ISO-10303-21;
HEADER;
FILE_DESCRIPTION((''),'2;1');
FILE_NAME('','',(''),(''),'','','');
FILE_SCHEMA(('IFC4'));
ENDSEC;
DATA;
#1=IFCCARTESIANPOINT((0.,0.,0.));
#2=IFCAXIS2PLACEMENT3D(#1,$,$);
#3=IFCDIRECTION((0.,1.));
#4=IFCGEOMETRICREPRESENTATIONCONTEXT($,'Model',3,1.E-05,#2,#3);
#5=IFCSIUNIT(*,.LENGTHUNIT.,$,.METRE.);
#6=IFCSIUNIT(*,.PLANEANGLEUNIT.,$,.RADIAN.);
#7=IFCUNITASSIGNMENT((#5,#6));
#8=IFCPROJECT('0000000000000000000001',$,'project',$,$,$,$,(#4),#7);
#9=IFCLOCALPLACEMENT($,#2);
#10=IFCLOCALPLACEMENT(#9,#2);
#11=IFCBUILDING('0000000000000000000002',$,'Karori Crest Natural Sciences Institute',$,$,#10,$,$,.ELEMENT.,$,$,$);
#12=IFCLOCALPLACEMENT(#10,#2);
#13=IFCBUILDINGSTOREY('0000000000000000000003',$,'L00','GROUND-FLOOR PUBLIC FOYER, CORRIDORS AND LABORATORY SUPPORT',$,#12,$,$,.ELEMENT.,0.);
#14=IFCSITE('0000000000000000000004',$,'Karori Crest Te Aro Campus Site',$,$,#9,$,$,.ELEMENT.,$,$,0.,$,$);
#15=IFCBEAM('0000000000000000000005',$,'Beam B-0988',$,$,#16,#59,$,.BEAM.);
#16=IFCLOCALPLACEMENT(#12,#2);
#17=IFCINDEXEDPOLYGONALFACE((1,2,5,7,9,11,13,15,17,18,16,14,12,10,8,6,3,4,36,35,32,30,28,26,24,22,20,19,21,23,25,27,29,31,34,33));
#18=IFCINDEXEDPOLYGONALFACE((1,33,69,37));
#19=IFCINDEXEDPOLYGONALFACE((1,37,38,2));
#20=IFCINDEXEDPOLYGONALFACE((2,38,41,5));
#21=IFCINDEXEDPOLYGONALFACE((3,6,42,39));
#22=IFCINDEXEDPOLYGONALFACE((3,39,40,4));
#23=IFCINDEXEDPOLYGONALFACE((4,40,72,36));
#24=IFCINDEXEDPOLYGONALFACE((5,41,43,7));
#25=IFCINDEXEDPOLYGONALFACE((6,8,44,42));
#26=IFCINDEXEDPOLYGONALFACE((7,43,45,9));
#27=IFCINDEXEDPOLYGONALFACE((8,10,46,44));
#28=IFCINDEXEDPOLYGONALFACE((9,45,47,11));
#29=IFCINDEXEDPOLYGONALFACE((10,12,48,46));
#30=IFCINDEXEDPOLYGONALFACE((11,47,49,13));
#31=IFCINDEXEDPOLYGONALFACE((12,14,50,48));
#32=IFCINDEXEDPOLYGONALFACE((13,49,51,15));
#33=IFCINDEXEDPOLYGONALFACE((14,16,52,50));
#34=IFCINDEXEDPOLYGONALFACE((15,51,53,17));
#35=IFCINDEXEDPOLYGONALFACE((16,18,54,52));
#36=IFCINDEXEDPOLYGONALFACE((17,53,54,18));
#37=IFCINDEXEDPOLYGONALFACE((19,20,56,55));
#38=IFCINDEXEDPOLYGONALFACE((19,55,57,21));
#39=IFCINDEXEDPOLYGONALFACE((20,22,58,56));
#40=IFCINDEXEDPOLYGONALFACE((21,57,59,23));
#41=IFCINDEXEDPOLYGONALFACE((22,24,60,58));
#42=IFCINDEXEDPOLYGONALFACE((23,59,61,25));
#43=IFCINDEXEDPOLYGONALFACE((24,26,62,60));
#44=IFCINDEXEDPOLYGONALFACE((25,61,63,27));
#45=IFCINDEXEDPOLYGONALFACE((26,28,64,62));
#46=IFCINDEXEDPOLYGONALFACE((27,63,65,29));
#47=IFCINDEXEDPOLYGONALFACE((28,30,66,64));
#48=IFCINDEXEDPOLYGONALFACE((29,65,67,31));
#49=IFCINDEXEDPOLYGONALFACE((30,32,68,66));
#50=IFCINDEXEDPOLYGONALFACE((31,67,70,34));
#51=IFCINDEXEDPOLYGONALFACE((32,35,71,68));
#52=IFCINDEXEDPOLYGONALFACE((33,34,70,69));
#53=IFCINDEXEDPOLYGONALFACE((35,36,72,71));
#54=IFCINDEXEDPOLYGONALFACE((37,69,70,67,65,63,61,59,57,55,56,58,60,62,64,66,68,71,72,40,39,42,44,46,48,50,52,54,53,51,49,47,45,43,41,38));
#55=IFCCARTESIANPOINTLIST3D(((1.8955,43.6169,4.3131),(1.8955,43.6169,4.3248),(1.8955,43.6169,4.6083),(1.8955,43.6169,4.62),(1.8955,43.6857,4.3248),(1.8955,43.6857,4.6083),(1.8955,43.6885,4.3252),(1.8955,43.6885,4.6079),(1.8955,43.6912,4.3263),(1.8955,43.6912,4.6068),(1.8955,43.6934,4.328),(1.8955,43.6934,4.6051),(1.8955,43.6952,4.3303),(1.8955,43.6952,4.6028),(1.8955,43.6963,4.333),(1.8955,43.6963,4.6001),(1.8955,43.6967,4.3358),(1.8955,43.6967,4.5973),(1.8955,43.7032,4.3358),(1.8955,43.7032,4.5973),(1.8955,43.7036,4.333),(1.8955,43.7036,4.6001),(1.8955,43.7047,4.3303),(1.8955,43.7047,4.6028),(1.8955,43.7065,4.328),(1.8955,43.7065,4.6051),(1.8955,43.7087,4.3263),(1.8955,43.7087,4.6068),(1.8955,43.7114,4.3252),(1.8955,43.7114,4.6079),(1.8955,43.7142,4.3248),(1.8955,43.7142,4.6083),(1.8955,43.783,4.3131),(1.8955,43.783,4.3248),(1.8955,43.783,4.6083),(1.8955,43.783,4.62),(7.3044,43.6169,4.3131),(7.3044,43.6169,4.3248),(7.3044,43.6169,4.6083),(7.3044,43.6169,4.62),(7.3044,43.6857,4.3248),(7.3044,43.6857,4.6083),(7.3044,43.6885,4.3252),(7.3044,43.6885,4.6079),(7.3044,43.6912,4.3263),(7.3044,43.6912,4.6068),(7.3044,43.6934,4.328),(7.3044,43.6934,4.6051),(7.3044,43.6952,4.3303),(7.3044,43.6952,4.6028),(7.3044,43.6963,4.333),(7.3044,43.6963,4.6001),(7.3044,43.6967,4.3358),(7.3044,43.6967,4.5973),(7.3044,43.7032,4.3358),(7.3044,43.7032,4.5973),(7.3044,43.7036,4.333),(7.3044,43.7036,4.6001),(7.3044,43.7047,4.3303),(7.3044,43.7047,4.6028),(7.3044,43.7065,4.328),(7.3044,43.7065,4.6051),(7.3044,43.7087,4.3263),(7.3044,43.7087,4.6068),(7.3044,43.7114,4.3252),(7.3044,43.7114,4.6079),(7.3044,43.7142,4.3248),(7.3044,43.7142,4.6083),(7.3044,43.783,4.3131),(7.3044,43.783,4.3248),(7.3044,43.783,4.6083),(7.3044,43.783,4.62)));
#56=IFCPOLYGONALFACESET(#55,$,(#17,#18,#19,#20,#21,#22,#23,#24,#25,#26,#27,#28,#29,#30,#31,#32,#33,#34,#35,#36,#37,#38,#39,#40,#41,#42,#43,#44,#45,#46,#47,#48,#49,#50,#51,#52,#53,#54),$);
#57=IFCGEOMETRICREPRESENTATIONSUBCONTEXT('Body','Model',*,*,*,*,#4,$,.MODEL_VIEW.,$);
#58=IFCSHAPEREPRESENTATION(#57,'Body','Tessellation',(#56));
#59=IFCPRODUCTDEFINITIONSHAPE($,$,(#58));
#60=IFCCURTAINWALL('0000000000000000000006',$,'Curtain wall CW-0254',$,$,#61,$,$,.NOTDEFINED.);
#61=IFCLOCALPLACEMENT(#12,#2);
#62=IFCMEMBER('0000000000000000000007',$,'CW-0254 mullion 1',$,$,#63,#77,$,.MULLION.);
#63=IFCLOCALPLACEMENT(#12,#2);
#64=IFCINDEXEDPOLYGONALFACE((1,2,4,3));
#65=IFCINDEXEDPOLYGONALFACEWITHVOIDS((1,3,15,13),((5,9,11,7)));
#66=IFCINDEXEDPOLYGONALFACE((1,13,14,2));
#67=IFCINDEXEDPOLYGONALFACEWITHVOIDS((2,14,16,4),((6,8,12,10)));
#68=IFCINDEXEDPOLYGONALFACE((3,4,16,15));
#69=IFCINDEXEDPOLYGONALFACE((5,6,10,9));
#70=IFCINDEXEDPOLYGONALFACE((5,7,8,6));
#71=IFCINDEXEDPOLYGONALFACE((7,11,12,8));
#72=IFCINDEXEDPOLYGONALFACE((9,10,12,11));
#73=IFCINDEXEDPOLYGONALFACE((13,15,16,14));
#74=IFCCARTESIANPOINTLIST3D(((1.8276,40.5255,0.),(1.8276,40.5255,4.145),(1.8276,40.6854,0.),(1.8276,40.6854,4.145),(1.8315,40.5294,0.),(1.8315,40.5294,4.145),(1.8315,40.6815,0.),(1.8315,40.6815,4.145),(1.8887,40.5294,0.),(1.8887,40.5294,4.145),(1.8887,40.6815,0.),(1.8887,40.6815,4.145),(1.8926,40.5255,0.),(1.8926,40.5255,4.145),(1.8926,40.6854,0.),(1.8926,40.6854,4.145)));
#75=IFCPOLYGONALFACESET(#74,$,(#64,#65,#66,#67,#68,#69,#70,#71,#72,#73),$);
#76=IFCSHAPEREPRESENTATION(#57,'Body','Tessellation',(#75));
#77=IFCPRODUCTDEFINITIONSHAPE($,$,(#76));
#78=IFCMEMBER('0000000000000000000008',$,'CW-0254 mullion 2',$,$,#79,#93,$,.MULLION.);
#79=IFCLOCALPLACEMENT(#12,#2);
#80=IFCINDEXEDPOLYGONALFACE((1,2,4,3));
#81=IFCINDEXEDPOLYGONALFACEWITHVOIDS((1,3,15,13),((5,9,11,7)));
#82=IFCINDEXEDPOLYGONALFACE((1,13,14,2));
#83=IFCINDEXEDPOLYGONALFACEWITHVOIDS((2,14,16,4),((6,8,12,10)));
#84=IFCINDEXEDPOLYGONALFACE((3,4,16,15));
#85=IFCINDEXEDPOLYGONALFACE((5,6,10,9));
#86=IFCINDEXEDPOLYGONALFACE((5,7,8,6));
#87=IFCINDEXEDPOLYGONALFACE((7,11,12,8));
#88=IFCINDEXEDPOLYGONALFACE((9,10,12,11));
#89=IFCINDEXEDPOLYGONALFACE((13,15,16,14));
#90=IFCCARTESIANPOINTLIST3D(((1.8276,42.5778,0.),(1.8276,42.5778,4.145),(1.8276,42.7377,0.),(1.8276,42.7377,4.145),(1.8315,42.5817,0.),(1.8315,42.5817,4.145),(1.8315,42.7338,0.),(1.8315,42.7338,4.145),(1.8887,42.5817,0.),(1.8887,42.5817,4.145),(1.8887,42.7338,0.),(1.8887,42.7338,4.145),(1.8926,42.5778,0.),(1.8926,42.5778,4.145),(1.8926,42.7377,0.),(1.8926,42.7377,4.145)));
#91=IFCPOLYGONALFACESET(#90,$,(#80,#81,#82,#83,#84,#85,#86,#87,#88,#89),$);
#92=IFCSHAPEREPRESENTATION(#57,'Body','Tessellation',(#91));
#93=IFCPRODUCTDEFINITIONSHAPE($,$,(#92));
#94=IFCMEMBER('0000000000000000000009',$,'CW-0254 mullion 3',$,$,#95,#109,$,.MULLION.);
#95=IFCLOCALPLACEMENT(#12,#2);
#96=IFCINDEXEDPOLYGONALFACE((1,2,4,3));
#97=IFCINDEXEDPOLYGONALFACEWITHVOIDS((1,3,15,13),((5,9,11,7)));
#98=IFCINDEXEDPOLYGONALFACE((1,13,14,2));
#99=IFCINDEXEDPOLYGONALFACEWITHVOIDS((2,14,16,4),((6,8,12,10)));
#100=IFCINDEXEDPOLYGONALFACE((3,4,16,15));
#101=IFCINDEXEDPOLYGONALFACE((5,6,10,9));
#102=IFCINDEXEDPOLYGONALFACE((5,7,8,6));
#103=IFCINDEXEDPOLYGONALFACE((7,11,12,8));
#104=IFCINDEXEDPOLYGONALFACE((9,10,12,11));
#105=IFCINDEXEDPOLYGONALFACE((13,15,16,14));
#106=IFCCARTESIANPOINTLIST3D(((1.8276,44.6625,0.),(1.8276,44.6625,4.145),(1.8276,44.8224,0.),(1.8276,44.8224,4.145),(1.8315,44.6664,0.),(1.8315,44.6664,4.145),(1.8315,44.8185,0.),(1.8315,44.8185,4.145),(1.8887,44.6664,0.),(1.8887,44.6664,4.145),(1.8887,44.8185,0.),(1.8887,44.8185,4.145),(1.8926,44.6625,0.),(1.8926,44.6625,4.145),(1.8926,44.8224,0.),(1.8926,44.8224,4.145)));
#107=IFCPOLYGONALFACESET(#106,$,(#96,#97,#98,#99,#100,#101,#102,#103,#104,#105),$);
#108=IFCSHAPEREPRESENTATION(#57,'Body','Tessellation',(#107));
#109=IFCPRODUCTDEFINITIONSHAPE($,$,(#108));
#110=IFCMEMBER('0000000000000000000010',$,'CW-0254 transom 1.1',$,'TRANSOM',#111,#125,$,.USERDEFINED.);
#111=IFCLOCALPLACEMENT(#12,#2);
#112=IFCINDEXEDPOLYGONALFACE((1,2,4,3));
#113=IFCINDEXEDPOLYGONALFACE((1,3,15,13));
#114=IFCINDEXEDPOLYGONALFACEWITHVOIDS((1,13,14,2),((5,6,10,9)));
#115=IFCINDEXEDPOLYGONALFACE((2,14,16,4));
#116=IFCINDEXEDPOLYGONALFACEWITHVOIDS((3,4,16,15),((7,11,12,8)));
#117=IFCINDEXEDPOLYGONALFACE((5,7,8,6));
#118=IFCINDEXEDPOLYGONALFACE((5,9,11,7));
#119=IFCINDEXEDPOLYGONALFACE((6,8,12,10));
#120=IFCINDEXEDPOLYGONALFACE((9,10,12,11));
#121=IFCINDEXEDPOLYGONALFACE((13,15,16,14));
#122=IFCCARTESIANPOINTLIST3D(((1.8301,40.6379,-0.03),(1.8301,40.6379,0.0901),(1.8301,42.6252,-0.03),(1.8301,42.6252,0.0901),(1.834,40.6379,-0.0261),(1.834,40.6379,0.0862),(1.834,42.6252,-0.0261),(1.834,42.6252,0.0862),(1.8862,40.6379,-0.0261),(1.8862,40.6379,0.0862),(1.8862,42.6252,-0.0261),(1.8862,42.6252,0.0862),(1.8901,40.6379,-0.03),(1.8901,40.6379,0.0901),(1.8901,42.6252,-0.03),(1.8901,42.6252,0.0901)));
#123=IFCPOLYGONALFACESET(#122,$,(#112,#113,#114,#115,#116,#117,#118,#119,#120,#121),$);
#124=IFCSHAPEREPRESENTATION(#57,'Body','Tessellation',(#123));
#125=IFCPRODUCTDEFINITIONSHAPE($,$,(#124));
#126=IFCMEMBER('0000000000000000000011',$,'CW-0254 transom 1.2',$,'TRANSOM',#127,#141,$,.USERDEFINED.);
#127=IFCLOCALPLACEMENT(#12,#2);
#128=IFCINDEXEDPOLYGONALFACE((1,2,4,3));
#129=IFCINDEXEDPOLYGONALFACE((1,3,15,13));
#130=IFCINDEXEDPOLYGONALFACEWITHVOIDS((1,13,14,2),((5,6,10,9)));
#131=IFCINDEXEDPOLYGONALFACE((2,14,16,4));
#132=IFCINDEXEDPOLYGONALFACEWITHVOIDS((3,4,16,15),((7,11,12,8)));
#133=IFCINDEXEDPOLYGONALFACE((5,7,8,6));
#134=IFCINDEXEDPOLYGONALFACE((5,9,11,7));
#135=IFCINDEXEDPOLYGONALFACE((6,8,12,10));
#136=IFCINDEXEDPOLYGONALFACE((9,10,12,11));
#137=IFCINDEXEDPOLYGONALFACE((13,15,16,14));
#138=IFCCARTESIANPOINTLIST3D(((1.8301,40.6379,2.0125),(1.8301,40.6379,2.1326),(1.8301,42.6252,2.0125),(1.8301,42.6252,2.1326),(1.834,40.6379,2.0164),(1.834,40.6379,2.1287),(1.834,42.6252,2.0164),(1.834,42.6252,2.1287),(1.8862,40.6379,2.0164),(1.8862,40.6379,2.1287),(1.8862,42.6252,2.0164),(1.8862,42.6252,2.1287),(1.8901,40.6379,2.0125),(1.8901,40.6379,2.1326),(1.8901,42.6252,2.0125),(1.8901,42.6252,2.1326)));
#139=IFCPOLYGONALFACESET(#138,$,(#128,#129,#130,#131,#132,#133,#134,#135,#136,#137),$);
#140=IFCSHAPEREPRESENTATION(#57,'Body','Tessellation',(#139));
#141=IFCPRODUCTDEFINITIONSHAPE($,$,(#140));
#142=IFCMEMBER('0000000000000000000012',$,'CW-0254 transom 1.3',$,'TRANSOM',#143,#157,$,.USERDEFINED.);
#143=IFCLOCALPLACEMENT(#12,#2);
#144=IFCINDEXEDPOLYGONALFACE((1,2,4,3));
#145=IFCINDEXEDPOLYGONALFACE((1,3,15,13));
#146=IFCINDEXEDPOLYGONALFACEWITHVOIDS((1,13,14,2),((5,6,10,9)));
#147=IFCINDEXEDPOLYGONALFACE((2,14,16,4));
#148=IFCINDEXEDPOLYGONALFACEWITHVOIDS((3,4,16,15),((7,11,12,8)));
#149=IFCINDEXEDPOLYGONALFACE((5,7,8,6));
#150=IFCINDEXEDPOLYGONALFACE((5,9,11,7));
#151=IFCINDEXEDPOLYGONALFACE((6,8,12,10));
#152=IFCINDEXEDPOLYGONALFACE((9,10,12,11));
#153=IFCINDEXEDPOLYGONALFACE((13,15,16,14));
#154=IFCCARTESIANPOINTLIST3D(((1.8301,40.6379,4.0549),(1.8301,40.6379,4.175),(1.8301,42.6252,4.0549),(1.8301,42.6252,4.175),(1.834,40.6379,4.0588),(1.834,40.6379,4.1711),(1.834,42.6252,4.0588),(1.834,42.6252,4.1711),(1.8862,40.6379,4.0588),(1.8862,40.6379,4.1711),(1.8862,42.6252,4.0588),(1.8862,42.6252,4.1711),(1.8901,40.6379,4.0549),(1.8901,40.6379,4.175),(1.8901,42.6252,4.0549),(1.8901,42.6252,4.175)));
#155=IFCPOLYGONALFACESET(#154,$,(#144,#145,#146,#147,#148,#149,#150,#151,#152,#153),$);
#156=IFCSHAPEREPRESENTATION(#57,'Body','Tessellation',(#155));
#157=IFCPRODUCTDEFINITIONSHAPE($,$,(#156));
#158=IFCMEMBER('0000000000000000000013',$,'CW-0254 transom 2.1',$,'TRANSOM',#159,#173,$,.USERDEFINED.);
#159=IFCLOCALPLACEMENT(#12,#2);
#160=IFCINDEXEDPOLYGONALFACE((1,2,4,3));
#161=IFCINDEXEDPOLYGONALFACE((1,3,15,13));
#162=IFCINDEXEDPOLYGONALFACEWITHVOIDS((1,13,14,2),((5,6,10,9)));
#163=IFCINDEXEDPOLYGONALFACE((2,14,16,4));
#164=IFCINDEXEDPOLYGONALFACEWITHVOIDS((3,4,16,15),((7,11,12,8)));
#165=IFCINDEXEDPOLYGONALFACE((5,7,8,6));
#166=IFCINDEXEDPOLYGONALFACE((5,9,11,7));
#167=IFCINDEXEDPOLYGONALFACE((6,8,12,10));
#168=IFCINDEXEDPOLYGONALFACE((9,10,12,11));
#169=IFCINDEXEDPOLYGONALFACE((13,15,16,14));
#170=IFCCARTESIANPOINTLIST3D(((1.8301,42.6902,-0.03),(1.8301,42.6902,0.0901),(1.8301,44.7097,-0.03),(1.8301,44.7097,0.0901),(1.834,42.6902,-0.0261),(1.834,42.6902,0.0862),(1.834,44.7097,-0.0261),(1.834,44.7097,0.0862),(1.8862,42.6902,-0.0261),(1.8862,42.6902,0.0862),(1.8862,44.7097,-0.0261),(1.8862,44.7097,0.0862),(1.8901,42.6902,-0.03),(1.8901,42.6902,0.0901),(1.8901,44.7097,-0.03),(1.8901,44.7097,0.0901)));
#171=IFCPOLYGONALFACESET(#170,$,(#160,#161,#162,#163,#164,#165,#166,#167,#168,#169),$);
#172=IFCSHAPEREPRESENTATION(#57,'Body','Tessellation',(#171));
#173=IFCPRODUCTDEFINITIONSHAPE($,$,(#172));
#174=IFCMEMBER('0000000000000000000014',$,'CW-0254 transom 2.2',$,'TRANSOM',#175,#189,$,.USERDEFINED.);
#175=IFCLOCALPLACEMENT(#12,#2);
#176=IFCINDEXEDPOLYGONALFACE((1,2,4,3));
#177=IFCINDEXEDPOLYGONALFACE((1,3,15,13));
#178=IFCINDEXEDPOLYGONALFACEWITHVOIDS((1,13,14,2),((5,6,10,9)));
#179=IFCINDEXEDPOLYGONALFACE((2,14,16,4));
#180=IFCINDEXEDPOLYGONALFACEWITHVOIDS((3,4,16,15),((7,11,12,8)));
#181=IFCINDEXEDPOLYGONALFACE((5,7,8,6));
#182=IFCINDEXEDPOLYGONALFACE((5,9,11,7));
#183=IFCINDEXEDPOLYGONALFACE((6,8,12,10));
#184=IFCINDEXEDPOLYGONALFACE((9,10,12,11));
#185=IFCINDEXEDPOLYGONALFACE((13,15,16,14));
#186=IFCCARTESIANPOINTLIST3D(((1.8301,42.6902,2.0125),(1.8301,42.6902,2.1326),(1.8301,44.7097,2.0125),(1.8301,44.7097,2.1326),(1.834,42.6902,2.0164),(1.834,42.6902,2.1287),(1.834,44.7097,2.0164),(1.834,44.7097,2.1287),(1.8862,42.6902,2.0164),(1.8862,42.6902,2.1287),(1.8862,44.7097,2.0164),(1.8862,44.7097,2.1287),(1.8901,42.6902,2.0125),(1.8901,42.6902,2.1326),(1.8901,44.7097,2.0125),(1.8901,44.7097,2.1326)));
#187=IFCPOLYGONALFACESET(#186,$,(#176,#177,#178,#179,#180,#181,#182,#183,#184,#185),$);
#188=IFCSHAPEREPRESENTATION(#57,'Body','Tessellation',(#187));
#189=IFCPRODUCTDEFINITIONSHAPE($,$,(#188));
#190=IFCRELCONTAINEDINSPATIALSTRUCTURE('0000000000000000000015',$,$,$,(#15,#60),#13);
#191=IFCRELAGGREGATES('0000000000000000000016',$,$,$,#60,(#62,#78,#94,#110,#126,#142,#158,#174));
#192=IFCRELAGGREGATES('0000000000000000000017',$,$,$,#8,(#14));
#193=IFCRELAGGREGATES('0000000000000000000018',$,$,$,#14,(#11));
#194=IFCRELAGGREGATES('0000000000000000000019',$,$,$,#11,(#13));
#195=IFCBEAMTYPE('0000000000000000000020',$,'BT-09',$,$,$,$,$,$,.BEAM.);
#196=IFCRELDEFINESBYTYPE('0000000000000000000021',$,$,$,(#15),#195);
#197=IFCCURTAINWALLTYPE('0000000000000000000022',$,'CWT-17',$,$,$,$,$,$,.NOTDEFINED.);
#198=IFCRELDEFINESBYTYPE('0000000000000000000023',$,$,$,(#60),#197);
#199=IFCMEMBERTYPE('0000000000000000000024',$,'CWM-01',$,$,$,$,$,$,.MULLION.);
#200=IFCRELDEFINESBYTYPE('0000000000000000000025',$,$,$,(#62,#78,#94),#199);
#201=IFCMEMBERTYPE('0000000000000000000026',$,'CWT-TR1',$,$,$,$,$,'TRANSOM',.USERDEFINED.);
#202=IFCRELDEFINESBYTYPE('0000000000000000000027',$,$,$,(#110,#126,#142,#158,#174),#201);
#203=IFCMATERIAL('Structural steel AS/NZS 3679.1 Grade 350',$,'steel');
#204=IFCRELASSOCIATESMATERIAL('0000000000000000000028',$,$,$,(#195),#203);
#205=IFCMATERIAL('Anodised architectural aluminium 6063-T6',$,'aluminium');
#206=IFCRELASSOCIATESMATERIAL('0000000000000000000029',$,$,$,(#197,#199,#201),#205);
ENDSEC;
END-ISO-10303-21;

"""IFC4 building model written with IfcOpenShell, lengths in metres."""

from ifc_helpers import new_model, si_unit, direction, frame, origin, origin_2d, place, context, subcontext, project, spatial, hollow_rectangle, i_section, extrude, material, material_profile, profile_set, type_object, element, aggregate, save


model = new_model("IFC4")

# Units and contexts
model_context = context("Model", 3, precision=1e-05, world=origin(), true_north=direction((0.0, 1.0)))
body_context = subcontext(model_context, "Body", "Model", "MODEL_VIEW")
ifc_project = project(units=[si_unit("LENGTHUNIT", "METRE"), si_unit("PLANEANGLEUNIT", "RADIAN")], contexts=[model_context])

# Site, building, storey
site_placement = place(None, origin())
site = spatial("IfcSite", under=ifc_project, at=site_placement, Name="Karori Crest Te Aro Campus Site", CompositionType="ELEMENT", RefElevation=0.0)
building_placement = place(site_placement, origin())
building = spatial("IfcBuilding", under=site, at=building_placement, Name="Karori Crest Natural Sciences Institute", CompositionType="ELEMENT")
storey_placement = place(building_placement, origin())
storey = spatial("IfcBuildingStorey", under=building, at=storey_placement, Name="L00", Description="GROUND-FLOOR PUBLIC FOYER, CORRIDORS AND LABORATORY SUPPORT", CompositionType="ELEMENT", Elevation=0.0)

# Shared definitions
ifc_material_1 = material(Name="Structural steel AS/NZS 3679.1 Grade 350", Category="steel")

# Beam
ifc_material_profile_1 = material_profile(ifc_material_1, i_section(OverallWidth=0.166, OverallDepth=0.3069, WebThickness=0.0066, FlangeThickness=0.0117, FilletRadius=0.011, at=origin_2d()), Name="310UB46.2")
ifc_profile_set_1 = profile_set([ifc_material_profile_1], Name="Structural steel AS/NZS 3679.1 Grade 350")
beam_type_1 = type_object("IfcBeamType", Name="BT-09", PredefinedType="BEAM", material=ifc_profile_set_1)
beam_1_placement = place(storey_placement, frame((1.8955, 43.7, 4.4666), z_axis=(1.0, 0.0, 0.0), x_axis=(0.0, 1.0, 0.0)))
element("IfcBeam", 1, at=beam_1_placement, inside=storey, type_object=beam_type_1, Name="Beam B-0988", PredefinedType="BEAM", context=body_context, shape_type="SweptSolid", body=[
    extrude(i_section(OverallWidth=0.166, OverallDepth=0.3069, WebThickness=0.0066, FlangeThickness=0.0117, FilletRadius=0.011, at=origin_2d()), origin(), (0.0, 0.0, 1.0), 5.4089),
])

# Curtain wall, members
ifc_material_2 = material(Name="Anodised architectural aluminium 6063-T6", Category="aluminium")
curtain_wall_type = type_object("IfcCurtainWallType", Name="CWT-17", PredefinedType="NOTDEFINED", material=ifc_material_2)
curtain_wall_placement = place(storey_placement, origin())
curtain_wall = element("IfcCurtainWall", 2, at=curtain_wall_placement, inside=storey, type_object=curtain_wall_type, Name="Curtain wall CW-0254", PredefinedType="NOTDEFINED")
ifc_material_profile_2 = material_profile(ifc_material_2, hollow_rectangle(XDim=0.0649, YDim=0.1599, WallThickness=0.0039, at=origin_2d()), Name="CWM160x65x4")
ifc_profile_set_2 = profile_set([ifc_material_profile_2], Name="Anodised architectural aluminium 6063-T6")
member_type_1 = type_object("IfcMemberType", Name="CWM-01", PredefinedType="MULLION", material=ifc_profile_set_2)
member_1_placement = place(storey_placement, frame((1.8601, 40.6055, 0.0), z_axis=(0.0, 0.0, 1.0), x_axis=(-1.0, 0.0, 0.0)))
member_1 = element("IfcMember", 3, at=member_1_placement, type_object=member_type_1, Name="CW-0254 mullion 1", PredefinedType="MULLION", context=body_context, shape_type="SweptSolid", body=[
    extrude(hollow_rectangle(XDim=0.0649, YDim=0.1599, WallThickness=0.0039, at=origin_2d()), origin(), (0.0, 0.0, 1.0), 4.145),
])
member_2_placement = place(storey_placement, frame((1.8601, 42.6577, 0.0), z_axis=(0.0, 0.0, 1.0), x_axis=(-1.0, 0.0, 0.0)))
member_2 = element("IfcMember", 4, at=member_2_placement, type_object=member_type_1, Name="CW-0254 mullion 2", PredefinedType="MULLION", context=body_context, shape_type="SweptSolid", body=[
    extrude(hollow_rectangle(XDim=0.0649, YDim=0.1599, WallThickness=0.0039, at=origin_2d()), origin(), (0.0, 0.0, 1.0), 4.145),
])
member_3_placement = place(storey_placement, frame((1.8601, 44.7424, 0.0), z_axis=(0.0, 0.0, 1.0), x_axis=(-1.0, 0.0, 0.0)))
member_3 = element("IfcMember", 5, at=member_3_placement, type_object=member_type_1, Name="CW-0254 mullion 3", PredefinedType="MULLION", context=body_context, shape_type="SweptSolid", body=[
    extrude(hollow_rectangle(XDim=0.0649, YDim=0.1599, WallThickness=0.0039, at=origin_2d()), origin(), (0.0, 0.0, 1.0), 4.145),
])
ifc_material_profile_3 = material_profile(ifc_material_2, hollow_rectangle(XDim=0.0601, YDim=0.1201, WallThickness=0.0039, at=origin_2d()), Name="CWT120x60x4")
ifc_profile_set_3 = profile_set([ifc_material_profile_3], Name="Anodised architectural aluminium 6063-T6")
member_type_2 = type_object("IfcMemberType", Name="CWT-TR1", ElementType="TRANSOM", PredefinedType="USERDEFINED", material=ifc_profile_set_3)
member_4_placement = place(storey_placement, frame((1.8601, 40.6379, 0.03), z_axis=(0.0, 1.0, 0.0), x_axis=(-1.0, 0.0, 0.0)))
member_4 = element("IfcMember", 6, at=member_4_placement, type_object=member_type_2, Name="CW-0254 transom 1.1", ObjectType="TRANSOM", PredefinedType="USERDEFINED", context=body_context, shape_type="SweptSolid", body=[
    extrude(hollow_rectangle(XDim=0.0601, YDim=0.1201, WallThickness=0.0039, at=origin_2d()), origin(), (0.0, 0.0, 1.0), 1.9873),
])
member_5_placement = place(storey_placement, frame((1.8601, 40.6379, 2.0725), z_axis=(0.0, 1.0, 0.0), x_axis=(-1.0, 0.0, 0.0)))
member_5 = element("IfcMember", 7, at=member_5_placement, type_object=member_type_2, Name="CW-0254 transom 1.2", ObjectType="TRANSOM", PredefinedType="USERDEFINED", context=body_context, shape_type="SweptSolid", body=[
    extrude(hollow_rectangle(XDim=0.0601, YDim=0.1201, WallThickness=0.0039, at=origin_2d()), origin(), (0.0, 0.0, 1.0), 1.9873),
])
member_6_placement = place(storey_placement, frame((1.8601, 40.6379, 4.115), z_axis=(0.0, 1.0, 0.0), x_axis=(-1.0, 0.0, 0.0)))
member_6 = element("IfcMember", 8, at=member_6_placement, type_object=member_type_2, Name="CW-0254 transom 1.3", ObjectType="TRANSOM", PredefinedType="USERDEFINED", context=body_context, shape_type="SweptSolid", body=[
    extrude(hollow_rectangle(XDim=0.0601, YDim=0.1201, WallThickness=0.0039, at=origin_2d()), origin(), (0.0, 0.0, 1.0), 1.9873),
])
member_7_placement = place(storey_placement, frame((1.8601, 42.6902, 0.03), z_axis=(0.0, 1.0, 0.0), x_axis=(-1.0, 0.0, 0.0)))
member_7 = element("IfcMember", 9, at=member_7_placement, type_object=member_type_2, Name="CW-0254 transom 2.1", ObjectType="TRANSOM", PredefinedType="USERDEFINED", context=body_context, shape_type="SweptSolid", body=[
    extrude(hollow_rectangle(XDim=0.0601, YDim=0.1201, WallThickness=0.0039, at=origin_2d()), origin(), (0.0, 0.0, 1.0), 2.0195),
])
member_8_placement = place(storey_placement, frame((1.8601, 42.6902, 2.0725), z_axis=(0.0, 1.0, 0.0), x_axis=(-1.0, 0.0, 0.0)))
member_8 = element("IfcMember", 10, at=member_8_placement, type_object=member_type_2, Name="CW-0254 transom 2.2", ObjectType="TRANSOM", PredefinedType="USERDEFINED", context=body_context, shape_type="SweptSolid", body=[
    extrude(hollow_rectangle(XDim=0.0601, YDim=0.1201, WallThickness=0.0039, at=origin_2d()), origin(), (0.0, 0.0, 1.0), 2.0195),
])
aggregate(curtain_wall, [member_1, member_2, member_3, member_4, member_5, member_6, member_7, member_8])

save(model, "model.ifc")
